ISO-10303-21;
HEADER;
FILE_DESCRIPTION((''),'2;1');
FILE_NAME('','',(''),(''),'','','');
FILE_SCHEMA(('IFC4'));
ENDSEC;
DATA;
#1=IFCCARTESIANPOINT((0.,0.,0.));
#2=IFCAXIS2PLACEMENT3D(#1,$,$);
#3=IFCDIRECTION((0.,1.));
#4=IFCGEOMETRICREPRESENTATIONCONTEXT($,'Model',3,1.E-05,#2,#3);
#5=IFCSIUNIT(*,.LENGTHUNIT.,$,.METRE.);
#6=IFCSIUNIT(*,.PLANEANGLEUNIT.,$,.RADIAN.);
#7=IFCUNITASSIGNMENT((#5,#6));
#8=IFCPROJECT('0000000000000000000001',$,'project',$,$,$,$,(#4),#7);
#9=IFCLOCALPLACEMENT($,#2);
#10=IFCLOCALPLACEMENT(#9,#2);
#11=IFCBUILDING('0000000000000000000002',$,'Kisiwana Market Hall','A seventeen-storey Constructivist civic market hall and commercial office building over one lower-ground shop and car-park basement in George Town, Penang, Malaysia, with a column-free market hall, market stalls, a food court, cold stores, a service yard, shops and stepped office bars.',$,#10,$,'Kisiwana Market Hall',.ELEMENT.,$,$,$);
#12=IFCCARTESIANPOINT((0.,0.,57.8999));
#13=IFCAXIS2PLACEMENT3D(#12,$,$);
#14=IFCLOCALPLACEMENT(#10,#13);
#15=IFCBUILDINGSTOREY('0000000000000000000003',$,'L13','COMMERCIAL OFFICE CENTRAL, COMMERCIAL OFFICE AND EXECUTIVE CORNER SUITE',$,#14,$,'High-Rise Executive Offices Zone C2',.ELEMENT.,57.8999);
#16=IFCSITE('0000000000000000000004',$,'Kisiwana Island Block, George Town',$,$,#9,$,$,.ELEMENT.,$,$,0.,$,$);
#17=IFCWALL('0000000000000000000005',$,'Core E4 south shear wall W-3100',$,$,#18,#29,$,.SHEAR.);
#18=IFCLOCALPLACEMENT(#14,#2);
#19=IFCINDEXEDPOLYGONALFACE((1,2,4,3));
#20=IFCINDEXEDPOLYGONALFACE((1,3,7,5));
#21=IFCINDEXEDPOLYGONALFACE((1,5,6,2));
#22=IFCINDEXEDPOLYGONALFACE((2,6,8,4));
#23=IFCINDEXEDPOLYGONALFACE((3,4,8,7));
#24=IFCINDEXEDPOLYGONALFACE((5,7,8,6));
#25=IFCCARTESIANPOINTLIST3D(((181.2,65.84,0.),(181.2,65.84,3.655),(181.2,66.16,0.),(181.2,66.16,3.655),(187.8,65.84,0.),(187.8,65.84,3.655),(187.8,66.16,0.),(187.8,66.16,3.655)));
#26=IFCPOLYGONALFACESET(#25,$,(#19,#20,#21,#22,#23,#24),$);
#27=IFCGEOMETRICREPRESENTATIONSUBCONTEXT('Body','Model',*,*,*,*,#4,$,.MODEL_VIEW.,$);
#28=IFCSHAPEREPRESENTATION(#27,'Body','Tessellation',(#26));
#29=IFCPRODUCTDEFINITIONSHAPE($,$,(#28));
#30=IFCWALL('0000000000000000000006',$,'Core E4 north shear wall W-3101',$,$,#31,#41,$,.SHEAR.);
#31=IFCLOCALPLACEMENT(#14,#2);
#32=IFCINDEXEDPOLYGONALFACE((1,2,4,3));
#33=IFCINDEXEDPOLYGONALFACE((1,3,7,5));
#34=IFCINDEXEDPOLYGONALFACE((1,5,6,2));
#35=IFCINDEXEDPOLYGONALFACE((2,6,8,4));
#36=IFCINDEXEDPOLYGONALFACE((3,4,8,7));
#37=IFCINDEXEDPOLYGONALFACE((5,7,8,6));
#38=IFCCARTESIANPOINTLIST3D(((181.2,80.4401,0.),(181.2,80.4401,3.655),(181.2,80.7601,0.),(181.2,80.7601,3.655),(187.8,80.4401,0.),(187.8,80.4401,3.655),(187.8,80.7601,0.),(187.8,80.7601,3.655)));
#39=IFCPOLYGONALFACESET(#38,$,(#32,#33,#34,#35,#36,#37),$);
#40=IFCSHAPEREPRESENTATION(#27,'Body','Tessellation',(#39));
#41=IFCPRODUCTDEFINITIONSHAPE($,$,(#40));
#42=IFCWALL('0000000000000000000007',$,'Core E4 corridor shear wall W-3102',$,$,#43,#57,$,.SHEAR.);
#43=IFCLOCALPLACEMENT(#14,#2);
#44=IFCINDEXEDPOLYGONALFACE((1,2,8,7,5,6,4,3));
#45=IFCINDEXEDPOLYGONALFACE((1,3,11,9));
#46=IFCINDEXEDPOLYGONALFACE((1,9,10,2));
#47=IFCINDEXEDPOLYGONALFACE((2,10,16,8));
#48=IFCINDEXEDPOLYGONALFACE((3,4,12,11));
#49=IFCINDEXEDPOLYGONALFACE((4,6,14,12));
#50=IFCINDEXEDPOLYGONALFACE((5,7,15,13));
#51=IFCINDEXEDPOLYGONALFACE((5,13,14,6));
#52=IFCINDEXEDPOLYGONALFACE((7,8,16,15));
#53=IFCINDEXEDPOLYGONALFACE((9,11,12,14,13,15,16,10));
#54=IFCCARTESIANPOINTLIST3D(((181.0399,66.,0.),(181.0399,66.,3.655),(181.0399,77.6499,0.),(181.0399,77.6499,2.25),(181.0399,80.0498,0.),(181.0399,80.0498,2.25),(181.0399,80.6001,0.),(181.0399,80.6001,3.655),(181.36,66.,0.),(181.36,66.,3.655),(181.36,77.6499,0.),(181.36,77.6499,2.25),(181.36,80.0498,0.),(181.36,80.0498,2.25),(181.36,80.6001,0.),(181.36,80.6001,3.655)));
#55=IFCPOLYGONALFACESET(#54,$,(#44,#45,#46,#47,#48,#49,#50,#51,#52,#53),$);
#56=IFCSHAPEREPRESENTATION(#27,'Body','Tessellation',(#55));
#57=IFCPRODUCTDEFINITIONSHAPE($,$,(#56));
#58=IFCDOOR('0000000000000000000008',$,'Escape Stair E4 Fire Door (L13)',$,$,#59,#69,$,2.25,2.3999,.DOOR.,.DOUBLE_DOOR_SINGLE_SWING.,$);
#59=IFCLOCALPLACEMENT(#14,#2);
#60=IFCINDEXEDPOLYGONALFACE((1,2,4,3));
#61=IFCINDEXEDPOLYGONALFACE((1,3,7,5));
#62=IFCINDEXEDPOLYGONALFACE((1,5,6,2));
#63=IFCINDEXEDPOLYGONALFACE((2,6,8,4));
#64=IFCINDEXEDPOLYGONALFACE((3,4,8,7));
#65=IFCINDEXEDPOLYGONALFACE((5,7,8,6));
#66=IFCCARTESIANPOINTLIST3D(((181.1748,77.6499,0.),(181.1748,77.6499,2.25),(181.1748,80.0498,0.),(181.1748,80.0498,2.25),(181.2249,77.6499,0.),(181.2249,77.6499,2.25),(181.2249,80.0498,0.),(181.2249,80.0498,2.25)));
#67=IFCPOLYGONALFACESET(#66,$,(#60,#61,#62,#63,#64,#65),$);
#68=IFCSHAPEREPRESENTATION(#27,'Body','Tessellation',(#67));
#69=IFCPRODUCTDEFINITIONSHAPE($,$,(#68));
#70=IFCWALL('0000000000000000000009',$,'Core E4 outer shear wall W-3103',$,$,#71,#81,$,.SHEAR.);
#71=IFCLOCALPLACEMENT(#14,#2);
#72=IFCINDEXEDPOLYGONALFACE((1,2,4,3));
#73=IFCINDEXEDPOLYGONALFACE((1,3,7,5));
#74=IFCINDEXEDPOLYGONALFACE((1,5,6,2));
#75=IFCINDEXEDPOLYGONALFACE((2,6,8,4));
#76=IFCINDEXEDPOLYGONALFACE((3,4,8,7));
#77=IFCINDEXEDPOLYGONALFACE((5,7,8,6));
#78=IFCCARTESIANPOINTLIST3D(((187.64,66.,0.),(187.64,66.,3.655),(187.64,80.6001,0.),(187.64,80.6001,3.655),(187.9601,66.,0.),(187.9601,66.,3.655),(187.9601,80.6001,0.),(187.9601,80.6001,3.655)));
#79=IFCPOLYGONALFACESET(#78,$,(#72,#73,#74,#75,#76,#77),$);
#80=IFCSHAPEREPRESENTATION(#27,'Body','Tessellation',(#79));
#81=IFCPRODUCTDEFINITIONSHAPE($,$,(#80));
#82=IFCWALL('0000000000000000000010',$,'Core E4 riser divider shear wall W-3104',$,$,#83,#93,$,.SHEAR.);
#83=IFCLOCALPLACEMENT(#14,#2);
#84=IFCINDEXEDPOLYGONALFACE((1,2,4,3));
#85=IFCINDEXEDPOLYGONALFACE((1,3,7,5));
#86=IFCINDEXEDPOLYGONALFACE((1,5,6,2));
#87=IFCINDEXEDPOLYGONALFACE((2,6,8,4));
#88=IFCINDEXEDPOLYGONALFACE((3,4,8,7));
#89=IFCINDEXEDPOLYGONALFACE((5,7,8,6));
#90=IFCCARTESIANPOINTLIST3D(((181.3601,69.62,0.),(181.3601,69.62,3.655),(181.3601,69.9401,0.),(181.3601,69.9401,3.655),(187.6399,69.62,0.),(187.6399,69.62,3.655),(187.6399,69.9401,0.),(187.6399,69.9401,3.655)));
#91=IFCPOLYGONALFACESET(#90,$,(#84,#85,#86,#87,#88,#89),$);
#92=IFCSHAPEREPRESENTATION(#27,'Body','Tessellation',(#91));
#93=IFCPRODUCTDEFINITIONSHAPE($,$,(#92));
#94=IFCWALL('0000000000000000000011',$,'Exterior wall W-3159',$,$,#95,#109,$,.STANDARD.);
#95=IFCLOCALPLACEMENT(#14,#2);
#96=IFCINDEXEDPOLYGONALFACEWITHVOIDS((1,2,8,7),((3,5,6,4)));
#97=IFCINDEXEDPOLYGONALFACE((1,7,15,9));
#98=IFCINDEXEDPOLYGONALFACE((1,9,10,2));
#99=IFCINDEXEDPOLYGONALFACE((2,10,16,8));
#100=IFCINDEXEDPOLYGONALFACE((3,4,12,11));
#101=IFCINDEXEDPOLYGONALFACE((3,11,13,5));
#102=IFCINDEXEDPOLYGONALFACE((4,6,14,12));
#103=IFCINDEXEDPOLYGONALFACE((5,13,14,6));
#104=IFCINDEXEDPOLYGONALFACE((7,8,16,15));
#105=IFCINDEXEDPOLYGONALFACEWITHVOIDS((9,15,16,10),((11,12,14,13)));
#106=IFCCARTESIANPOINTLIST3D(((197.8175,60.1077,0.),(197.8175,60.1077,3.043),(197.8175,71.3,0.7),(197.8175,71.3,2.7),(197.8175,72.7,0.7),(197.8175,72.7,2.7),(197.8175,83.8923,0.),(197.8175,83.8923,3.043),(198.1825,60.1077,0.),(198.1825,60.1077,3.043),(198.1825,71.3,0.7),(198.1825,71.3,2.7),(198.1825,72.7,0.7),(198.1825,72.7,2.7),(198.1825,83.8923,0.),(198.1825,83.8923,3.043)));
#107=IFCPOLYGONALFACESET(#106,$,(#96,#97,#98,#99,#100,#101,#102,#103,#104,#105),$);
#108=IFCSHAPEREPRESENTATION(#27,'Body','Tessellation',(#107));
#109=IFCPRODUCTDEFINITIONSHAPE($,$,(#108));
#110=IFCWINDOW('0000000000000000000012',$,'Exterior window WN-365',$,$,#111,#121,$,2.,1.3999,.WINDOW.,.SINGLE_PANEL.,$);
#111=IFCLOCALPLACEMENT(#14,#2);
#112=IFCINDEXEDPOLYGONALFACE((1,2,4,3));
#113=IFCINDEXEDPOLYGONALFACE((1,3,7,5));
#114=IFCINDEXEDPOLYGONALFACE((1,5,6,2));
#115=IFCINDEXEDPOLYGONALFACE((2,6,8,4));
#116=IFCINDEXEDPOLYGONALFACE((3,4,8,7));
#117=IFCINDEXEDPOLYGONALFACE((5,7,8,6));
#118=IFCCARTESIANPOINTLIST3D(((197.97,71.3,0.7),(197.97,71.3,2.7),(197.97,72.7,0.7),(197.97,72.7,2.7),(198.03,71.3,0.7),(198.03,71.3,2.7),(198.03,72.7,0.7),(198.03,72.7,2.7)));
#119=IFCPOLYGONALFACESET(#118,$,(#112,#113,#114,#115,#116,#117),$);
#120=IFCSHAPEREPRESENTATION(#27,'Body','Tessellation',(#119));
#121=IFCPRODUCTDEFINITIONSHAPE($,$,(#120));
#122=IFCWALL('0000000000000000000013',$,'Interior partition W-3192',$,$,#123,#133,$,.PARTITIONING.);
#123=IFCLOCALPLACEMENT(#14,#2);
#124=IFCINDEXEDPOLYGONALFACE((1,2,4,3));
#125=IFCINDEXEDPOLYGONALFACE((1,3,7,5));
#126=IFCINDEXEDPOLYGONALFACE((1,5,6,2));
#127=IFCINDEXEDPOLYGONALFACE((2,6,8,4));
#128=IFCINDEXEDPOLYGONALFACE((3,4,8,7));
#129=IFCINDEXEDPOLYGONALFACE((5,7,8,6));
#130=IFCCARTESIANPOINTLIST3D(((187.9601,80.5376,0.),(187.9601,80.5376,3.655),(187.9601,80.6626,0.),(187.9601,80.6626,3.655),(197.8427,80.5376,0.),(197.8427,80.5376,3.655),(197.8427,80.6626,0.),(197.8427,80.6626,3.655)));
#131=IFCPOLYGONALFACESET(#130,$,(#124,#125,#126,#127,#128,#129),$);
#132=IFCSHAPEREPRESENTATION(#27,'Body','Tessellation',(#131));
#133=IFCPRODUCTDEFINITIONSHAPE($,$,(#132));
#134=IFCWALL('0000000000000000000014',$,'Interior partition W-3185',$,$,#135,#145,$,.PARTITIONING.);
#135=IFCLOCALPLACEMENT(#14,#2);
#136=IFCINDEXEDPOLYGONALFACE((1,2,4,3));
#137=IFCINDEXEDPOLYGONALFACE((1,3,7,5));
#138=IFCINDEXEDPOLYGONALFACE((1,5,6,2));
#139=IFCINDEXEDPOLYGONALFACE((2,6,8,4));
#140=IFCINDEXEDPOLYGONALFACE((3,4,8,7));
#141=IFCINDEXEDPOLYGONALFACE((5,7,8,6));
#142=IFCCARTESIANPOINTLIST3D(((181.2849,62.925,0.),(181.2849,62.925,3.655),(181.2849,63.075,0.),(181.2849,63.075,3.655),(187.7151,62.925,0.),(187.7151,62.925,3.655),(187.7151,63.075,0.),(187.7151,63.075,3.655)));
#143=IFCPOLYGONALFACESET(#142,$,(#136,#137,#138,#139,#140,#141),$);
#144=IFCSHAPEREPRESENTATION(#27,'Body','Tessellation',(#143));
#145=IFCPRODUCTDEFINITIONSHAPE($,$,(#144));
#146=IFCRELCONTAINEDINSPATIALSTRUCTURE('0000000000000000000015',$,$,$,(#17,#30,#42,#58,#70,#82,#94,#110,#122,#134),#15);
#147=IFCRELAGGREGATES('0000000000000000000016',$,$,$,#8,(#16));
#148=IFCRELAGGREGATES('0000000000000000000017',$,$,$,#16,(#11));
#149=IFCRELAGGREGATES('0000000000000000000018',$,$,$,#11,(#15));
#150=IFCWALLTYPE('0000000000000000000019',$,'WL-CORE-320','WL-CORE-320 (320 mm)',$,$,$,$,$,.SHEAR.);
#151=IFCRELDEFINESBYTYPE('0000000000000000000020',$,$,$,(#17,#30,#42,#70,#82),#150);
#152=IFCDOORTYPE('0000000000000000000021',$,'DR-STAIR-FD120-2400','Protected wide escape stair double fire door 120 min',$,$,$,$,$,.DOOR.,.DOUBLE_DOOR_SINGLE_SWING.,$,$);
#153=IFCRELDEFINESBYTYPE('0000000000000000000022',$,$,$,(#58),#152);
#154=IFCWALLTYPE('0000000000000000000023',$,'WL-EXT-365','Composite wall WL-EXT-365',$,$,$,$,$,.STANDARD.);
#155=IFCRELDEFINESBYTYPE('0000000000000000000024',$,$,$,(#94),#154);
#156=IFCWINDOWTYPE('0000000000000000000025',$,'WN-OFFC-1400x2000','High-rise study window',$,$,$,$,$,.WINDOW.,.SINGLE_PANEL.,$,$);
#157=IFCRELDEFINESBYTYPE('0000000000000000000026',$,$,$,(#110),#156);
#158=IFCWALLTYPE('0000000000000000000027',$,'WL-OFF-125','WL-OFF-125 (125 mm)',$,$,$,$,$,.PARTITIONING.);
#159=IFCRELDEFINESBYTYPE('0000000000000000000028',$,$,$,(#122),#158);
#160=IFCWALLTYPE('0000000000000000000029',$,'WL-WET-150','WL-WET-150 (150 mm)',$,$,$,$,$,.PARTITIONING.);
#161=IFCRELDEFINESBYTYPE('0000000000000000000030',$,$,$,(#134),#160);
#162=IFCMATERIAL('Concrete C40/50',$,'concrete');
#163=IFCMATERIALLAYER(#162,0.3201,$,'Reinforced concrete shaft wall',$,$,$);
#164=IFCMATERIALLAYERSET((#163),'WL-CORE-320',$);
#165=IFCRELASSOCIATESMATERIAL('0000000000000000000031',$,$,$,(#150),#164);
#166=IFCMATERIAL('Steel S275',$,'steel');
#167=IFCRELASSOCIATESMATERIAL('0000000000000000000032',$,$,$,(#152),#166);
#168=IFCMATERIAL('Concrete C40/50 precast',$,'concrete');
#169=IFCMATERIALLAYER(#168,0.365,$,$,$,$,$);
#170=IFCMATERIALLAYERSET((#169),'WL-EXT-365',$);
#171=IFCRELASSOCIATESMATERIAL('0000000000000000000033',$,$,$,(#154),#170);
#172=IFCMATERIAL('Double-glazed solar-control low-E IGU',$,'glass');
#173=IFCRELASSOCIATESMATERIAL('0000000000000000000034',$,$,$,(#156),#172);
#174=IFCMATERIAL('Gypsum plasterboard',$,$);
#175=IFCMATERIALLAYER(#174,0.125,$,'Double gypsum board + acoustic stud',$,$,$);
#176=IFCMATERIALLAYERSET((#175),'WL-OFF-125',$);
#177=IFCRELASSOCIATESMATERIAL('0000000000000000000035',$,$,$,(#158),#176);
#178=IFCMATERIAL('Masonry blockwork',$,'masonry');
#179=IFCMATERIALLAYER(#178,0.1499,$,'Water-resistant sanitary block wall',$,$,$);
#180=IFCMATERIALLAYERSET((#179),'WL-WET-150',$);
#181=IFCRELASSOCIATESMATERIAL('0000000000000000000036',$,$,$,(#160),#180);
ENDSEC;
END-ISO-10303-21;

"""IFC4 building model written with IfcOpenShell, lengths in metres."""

from ifc_helpers import new_model, si_unit, direction, frame, frame_2d, origin, place, context, subcontext, project, spatial, rectangle, extrude, material, layer, layer_set, type_object, element, fill, save


model = new_model("IFC4")

# Units and contexts
model_context = context("Model", 3, precision=1e-05, world=origin(), true_north=direction((0.0, 1.0)))
body_context = subcontext(model_context, "Body", "Model", "MODEL_VIEW")
ifc_project = project(units=[si_unit("LENGTHUNIT", "METRE"), si_unit("PLANEANGLEUNIT", "RADIAN")], contexts=[model_context])

# Site, building, storey
site_placement = place(None, origin())
site = spatial("IfcSite", under=ifc_project, at=site_placement, Name="Kisiwana Island Block, George Town", CompositionType="ELEMENT", RefElevation=0.0)
building_placement = place(site_placement, origin())
building = spatial("IfcBuilding", under=site, at=building_placement, Name="Kisiwana Market Hall", Description="A seventeen-storey Constructivist civic market hall and commercial office building over one lower-ground shop and car-park basement in George Town, Penang, Malaysia, with a column-free market hall, market stalls, a food court, cold stores, a service yard, shops and stepped office bars.", LongName="Kisiwana Market Hall", CompositionType="ELEMENT")
storey_placement = place(building_placement, frame((0.0, 0.0, 57.8999)))
storey = spatial("IfcBuildingStorey", under=building, at=storey_placement, Name="L13", Description="COMMERCIAL OFFICE CENTRAL, COMMERCIAL OFFICE AND EXECUTIVE CORNER SUITE", LongName="High-Rise Executive Offices Zone C2", CompositionType="ELEMENT", Elevation=57.8999)

# Walls
ifc_material_1 = material(Name="Concrete C40/50", Category="concrete")
ifc_layer_1 = layer(ifc_material_1, 0.3201, Name="Reinforced concrete shaft wall")
ifc_layer_set_1 = layer_set([ifc_layer_1], Name="WL-CORE-320")
wall_type_1 = type_object("IfcWallType", Name="WL-CORE-320", Description="WL-CORE-320 (320 mm)", PredefinedType="SHEAR", material=ifc_layer_set_1)
for number, where, z_axis, x_axis, name in (
    (1, (181.2, 66.0, 0.0), (0.0, 0.0, 1.0), (1.0, 0.0, 0.0), "Core E4 south shear wall W-3100"),
    (2, (181.2, 80.6001, 0.0), (0.0, 0.0, 1.0), (1.0, 0.0, 0.0), "Core E4 north shear wall W-3101"),
):
    element("IfcWall", number, at=place(storey_placement, frame(where, z_axis=z_axis, x_axis=x_axis)), inside=storey, type_object=wall_type_1, Name=name, PredefinedType="SHEAR", context=body_context, shape_type="SweptSolid", body=[
        extrude(rectangle(XDim=6.6001, YDim=0.3201, at=frame_2d((3.3, 0.0))), origin(), (0.0, 0.0, 1.0), 3.655),
    ])

# Wall, opening, door
wall_1_placement = place(storey_placement, frame((181.2, 66.0, 0.0), z_axis=(0.0, 0.0, 1.0), x_axis=(0.0, 1.0, 0.0)))
wall_1 = element("IfcWall", 3, at=wall_1_placement, inside=storey, type_object=wall_type_1, Name="Core E4 corridor shear wall W-3102", PredefinedType="SHEAR", context=body_context, shape_type="SweptSolid", body=[
    extrude(rectangle(XDim=14.6001, YDim=0.3201, at=frame_2d((7.3, 0.0))), origin(), (0.0, 0.0, 1.0), 3.655),
])
opening_1_placement = place(wall_1_placement, frame((11.6499, 0.0, 0.0)))
opening_1 = element("IfcOpeningElement", 4, at=opening_1_placement, cuts=wall_1, PredefinedType="OPENING", context=body_context, shape_type="SweptSolid", body=[
    extrude(rectangle(XDim=2.3999, YDim=2.25, at=frame_2d((1.2, 1.125))), frame((0.0, 0.1719, 0.0), z_axis=(0.0, -1.0, 0.0), x_axis=(1.0, 0.0, 0.0)), (0.0, 0.0, 1.0), 0.344),
])
ifc_material_2 = material(Name="Steel S275", Category="steel")
door_type = type_object("IfcDoorType", Name="DR-STAIR-FD120-2400", Description="Protected wide escape stair double fire door 120 min", OperationType="DOUBLE_DOOR_SINGLE_SWING", PredefinedType="DOOR", material=ifc_material_2)
door_placement = place(opening_1_placement, frame((2.3999, 0.0, 0.0), z_axis=(0.0, 0.0, 1.0), x_axis=(-1.0, 0.0, 0.0)))
door = element("IfcDoor", 5, at=door_placement, inside=storey, type_object=door_type, Name="Escape Stair E4 Fire Door (L13)", OperationType="DOUBLE_DOOR_SINGLE_SWING", OverallHeight=2.25, OverallWidth=2.3999, PredefinedType="DOOR", context=body_context, shape_type="SweptSolid", body=[
    extrude(rectangle(XDim=2.3999, YDim=2.25, at=frame_2d((1.2, 1.125))), frame((0.0, 0.0249, 0.0), z_axis=(0.0, -1.0, 0.0), x_axis=(1.0, 0.0, 0.0)), (0.0, 0.0, 1.0), 0.05),
])
fill(opening_1, door)

# Walls
wall_2_placement = place(storey_placement, frame((187.8, 66.0, 0.0), z_axis=(0.0, 0.0, 1.0), x_axis=(0.0, 1.0, 0.0)))
element("IfcWall", 6, at=wall_2_placement, inside=storey, type_object=wall_type_1, Name="Core E4 outer shear wall W-3103", PredefinedType="SHEAR", context=body_context, shape_type="SweptSolid", body=[
    extrude(rectangle(XDim=14.6001, YDim=0.3201, at=frame_2d((7.3, 0.0))), origin(), (0.0, 0.0, 1.0), 3.655),
])
wall_3_placement = place(storey_placement, frame((181.3601, 69.78, 0.0), z_axis=(0.0, 0.0, 1.0), x_axis=(1.0, 0.0, 0.0)))
element("IfcWall", 7, at=wall_3_placement, inside=storey, type_object=wall_type_1, Name="Core E4 riser divider shear wall W-3104", PredefinedType="SHEAR", context=body_context, shape_type="SweptSolid", body=[
    extrude(rectangle(XDim=6.2798, YDim=0.3201, at=frame_2d((3.1399, 0.0))), origin(), (0.0, 0.0, 1.0), 3.655),
])

# Wall, opening, window
ifc_material_3 = material(Name="Concrete C40/50 precast", Category="concrete")
ifc_layer_2 = layer(ifc_material_3, 0.365)
ifc_layer_set_2 = layer_set([ifc_layer_2], Name="WL-EXT-365")
wall_type_2 = type_object("IfcWallType", Name="WL-EXT-365", Description="Composite wall WL-EXT-365", PredefinedType="STANDARD", material=ifc_layer_set_2)
wall_4_placement = place(storey_placement, frame((198.0, 60.1077, 0.0), z_axis=(0.0, 0.0, 1.0), x_axis=(0.0, 1.0, 0.0)))
wall_4 = element("IfcWall", 8, at=wall_4_placement, inside=storey, type_object=wall_type_2, Name="Exterior wall W-3159", PredefinedType="STANDARD", context=body_context, shape_type="SweptSolid", body=[
    extrude(rectangle(XDim=23.7847, YDim=0.365, at=frame_2d((11.8923, 0.0))), origin(), (0.0, 0.0, 1.0), 3.043),
])
opening_2_placement = place(wall_4_placement, frame((11.1924, 0.0, 0.7)))
opening_2 = element("IfcOpeningElement", 9, at=opening_2_placement, cuts=wall_4, PredefinedType="OPENING", context=body_context, shape_type="SweptSolid", body=[
    extrude(rectangle(XDim=1.3999, YDim=2.0, at=frame_2d((0.7, 1.0))), frame((0.0, 0.1943, 0.0), z_axis=(0.0, -1.0, 0.0), x_axis=(1.0, 0.0, 0.0)), (0.0, 0.0, 1.0), 0.3889),
])
ifc_material_4 = material(Name="Double-glazed solar-control low-E IGU", Category="glass")
window_type = type_object("IfcWindowType", Name="WN-OFFC-1400x2000", Description="High-rise study window", PartitioningType="SINGLE_PANEL", PredefinedType="WINDOW", material=ifc_material_4)
window_placement = place(opening_2_placement, origin())
window = element("IfcWindow", 10, at=window_placement, inside=storey, type_object=window_type, Name="Exterior window WN-365", OverallHeight=2.0, OverallWidth=1.3999, PartitioningType="SINGLE_PANEL", PredefinedType="WINDOW", context=body_context, shape_type="SweptSolid", body=[
    extrude(rectangle(XDim=1.3999, YDim=2.0, at=frame_2d((0.7, 1.0))), frame((0.0, 0.03, 0.0), z_axis=(0.0, -1.0, 0.0), x_axis=(1.0, 0.0, 0.0)), (0.0, 0.0, 1.0), 0.0601),
])
fill(opening_2, window)

# Walls
ifc_material_5 = material(Name="Gypsum plasterboard")
ifc_layer_3 = layer(ifc_material_5, 0.125, Name="Double gypsum board + acoustic stud")
ifc_layer_set_3 = layer_set([ifc_layer_3], Name="WL-OFF-125")
wall_type_3 = type_object("IfcWallType", Name="WL-OFF-125", Description="WL-OFF-125 (125 mm)", PredefinedType="PARTITIONING", material=ifc_layer_set_3)
wall_5_placement = place(storey_placement, frame((187.96, 80.6001, 0.0), z_axis=(0.0, 0.0, 1.0), x_axis=(1.0, 0.0, 0.0)))
element("IfcWall", 11, at=wall_5_placement, inside=storey, type_object=wall_type_3, Name="Interior partition W-3192", PredefinedType="PARTITIONING", context=body_context, shape_type="SweptSolid", body=[
    extrude(rectangle(XDim=9.8826, YDim=0.125, at=frame_2d((4.9414, 0.0))), origin(), (0.0, 0.0, 1.0), 3.655),
])
ifc_material_6 = material(Name="Masonry blockwork", Category="masonry")
ifc_layer_4 = layer(ifc_material_6, 0.1499, Name="Water-resistant sanitary block wall")
ifc_layer_set_4 = layer_set([ifc_layer_4], Name="WL-WET-150")
wall_type_4 = type_object("IfcWallType", Name="WL-WET-150", Description="WL-WET-150 (150 mm)", PredefinedType="PARTITIONING", material=ifc_layer_set_4)
wall_6_placement = place(storey_placement, frame((181.2849, 63.0, 0.0), z_axis=(0.0, 0.0, 1.0), x_axis=(1.0, 0.0, 0.0)))
element("IfcWall", 12, at=wall_6_placement, inside=storey, type_object=wall_type_4, Name="Interior partition W-3185", PredefinedType="PARTITIONING", context=body_context, shape_type="SweptSolid", body=[
    extrude(rectangle(XDim=6.4302, YDim=0.1499, at=frame_2d((3.2151, 0.0))), origin(), (0.0, 0.0, 1.0), 3.655),
])

save(model, "model.ifc")
